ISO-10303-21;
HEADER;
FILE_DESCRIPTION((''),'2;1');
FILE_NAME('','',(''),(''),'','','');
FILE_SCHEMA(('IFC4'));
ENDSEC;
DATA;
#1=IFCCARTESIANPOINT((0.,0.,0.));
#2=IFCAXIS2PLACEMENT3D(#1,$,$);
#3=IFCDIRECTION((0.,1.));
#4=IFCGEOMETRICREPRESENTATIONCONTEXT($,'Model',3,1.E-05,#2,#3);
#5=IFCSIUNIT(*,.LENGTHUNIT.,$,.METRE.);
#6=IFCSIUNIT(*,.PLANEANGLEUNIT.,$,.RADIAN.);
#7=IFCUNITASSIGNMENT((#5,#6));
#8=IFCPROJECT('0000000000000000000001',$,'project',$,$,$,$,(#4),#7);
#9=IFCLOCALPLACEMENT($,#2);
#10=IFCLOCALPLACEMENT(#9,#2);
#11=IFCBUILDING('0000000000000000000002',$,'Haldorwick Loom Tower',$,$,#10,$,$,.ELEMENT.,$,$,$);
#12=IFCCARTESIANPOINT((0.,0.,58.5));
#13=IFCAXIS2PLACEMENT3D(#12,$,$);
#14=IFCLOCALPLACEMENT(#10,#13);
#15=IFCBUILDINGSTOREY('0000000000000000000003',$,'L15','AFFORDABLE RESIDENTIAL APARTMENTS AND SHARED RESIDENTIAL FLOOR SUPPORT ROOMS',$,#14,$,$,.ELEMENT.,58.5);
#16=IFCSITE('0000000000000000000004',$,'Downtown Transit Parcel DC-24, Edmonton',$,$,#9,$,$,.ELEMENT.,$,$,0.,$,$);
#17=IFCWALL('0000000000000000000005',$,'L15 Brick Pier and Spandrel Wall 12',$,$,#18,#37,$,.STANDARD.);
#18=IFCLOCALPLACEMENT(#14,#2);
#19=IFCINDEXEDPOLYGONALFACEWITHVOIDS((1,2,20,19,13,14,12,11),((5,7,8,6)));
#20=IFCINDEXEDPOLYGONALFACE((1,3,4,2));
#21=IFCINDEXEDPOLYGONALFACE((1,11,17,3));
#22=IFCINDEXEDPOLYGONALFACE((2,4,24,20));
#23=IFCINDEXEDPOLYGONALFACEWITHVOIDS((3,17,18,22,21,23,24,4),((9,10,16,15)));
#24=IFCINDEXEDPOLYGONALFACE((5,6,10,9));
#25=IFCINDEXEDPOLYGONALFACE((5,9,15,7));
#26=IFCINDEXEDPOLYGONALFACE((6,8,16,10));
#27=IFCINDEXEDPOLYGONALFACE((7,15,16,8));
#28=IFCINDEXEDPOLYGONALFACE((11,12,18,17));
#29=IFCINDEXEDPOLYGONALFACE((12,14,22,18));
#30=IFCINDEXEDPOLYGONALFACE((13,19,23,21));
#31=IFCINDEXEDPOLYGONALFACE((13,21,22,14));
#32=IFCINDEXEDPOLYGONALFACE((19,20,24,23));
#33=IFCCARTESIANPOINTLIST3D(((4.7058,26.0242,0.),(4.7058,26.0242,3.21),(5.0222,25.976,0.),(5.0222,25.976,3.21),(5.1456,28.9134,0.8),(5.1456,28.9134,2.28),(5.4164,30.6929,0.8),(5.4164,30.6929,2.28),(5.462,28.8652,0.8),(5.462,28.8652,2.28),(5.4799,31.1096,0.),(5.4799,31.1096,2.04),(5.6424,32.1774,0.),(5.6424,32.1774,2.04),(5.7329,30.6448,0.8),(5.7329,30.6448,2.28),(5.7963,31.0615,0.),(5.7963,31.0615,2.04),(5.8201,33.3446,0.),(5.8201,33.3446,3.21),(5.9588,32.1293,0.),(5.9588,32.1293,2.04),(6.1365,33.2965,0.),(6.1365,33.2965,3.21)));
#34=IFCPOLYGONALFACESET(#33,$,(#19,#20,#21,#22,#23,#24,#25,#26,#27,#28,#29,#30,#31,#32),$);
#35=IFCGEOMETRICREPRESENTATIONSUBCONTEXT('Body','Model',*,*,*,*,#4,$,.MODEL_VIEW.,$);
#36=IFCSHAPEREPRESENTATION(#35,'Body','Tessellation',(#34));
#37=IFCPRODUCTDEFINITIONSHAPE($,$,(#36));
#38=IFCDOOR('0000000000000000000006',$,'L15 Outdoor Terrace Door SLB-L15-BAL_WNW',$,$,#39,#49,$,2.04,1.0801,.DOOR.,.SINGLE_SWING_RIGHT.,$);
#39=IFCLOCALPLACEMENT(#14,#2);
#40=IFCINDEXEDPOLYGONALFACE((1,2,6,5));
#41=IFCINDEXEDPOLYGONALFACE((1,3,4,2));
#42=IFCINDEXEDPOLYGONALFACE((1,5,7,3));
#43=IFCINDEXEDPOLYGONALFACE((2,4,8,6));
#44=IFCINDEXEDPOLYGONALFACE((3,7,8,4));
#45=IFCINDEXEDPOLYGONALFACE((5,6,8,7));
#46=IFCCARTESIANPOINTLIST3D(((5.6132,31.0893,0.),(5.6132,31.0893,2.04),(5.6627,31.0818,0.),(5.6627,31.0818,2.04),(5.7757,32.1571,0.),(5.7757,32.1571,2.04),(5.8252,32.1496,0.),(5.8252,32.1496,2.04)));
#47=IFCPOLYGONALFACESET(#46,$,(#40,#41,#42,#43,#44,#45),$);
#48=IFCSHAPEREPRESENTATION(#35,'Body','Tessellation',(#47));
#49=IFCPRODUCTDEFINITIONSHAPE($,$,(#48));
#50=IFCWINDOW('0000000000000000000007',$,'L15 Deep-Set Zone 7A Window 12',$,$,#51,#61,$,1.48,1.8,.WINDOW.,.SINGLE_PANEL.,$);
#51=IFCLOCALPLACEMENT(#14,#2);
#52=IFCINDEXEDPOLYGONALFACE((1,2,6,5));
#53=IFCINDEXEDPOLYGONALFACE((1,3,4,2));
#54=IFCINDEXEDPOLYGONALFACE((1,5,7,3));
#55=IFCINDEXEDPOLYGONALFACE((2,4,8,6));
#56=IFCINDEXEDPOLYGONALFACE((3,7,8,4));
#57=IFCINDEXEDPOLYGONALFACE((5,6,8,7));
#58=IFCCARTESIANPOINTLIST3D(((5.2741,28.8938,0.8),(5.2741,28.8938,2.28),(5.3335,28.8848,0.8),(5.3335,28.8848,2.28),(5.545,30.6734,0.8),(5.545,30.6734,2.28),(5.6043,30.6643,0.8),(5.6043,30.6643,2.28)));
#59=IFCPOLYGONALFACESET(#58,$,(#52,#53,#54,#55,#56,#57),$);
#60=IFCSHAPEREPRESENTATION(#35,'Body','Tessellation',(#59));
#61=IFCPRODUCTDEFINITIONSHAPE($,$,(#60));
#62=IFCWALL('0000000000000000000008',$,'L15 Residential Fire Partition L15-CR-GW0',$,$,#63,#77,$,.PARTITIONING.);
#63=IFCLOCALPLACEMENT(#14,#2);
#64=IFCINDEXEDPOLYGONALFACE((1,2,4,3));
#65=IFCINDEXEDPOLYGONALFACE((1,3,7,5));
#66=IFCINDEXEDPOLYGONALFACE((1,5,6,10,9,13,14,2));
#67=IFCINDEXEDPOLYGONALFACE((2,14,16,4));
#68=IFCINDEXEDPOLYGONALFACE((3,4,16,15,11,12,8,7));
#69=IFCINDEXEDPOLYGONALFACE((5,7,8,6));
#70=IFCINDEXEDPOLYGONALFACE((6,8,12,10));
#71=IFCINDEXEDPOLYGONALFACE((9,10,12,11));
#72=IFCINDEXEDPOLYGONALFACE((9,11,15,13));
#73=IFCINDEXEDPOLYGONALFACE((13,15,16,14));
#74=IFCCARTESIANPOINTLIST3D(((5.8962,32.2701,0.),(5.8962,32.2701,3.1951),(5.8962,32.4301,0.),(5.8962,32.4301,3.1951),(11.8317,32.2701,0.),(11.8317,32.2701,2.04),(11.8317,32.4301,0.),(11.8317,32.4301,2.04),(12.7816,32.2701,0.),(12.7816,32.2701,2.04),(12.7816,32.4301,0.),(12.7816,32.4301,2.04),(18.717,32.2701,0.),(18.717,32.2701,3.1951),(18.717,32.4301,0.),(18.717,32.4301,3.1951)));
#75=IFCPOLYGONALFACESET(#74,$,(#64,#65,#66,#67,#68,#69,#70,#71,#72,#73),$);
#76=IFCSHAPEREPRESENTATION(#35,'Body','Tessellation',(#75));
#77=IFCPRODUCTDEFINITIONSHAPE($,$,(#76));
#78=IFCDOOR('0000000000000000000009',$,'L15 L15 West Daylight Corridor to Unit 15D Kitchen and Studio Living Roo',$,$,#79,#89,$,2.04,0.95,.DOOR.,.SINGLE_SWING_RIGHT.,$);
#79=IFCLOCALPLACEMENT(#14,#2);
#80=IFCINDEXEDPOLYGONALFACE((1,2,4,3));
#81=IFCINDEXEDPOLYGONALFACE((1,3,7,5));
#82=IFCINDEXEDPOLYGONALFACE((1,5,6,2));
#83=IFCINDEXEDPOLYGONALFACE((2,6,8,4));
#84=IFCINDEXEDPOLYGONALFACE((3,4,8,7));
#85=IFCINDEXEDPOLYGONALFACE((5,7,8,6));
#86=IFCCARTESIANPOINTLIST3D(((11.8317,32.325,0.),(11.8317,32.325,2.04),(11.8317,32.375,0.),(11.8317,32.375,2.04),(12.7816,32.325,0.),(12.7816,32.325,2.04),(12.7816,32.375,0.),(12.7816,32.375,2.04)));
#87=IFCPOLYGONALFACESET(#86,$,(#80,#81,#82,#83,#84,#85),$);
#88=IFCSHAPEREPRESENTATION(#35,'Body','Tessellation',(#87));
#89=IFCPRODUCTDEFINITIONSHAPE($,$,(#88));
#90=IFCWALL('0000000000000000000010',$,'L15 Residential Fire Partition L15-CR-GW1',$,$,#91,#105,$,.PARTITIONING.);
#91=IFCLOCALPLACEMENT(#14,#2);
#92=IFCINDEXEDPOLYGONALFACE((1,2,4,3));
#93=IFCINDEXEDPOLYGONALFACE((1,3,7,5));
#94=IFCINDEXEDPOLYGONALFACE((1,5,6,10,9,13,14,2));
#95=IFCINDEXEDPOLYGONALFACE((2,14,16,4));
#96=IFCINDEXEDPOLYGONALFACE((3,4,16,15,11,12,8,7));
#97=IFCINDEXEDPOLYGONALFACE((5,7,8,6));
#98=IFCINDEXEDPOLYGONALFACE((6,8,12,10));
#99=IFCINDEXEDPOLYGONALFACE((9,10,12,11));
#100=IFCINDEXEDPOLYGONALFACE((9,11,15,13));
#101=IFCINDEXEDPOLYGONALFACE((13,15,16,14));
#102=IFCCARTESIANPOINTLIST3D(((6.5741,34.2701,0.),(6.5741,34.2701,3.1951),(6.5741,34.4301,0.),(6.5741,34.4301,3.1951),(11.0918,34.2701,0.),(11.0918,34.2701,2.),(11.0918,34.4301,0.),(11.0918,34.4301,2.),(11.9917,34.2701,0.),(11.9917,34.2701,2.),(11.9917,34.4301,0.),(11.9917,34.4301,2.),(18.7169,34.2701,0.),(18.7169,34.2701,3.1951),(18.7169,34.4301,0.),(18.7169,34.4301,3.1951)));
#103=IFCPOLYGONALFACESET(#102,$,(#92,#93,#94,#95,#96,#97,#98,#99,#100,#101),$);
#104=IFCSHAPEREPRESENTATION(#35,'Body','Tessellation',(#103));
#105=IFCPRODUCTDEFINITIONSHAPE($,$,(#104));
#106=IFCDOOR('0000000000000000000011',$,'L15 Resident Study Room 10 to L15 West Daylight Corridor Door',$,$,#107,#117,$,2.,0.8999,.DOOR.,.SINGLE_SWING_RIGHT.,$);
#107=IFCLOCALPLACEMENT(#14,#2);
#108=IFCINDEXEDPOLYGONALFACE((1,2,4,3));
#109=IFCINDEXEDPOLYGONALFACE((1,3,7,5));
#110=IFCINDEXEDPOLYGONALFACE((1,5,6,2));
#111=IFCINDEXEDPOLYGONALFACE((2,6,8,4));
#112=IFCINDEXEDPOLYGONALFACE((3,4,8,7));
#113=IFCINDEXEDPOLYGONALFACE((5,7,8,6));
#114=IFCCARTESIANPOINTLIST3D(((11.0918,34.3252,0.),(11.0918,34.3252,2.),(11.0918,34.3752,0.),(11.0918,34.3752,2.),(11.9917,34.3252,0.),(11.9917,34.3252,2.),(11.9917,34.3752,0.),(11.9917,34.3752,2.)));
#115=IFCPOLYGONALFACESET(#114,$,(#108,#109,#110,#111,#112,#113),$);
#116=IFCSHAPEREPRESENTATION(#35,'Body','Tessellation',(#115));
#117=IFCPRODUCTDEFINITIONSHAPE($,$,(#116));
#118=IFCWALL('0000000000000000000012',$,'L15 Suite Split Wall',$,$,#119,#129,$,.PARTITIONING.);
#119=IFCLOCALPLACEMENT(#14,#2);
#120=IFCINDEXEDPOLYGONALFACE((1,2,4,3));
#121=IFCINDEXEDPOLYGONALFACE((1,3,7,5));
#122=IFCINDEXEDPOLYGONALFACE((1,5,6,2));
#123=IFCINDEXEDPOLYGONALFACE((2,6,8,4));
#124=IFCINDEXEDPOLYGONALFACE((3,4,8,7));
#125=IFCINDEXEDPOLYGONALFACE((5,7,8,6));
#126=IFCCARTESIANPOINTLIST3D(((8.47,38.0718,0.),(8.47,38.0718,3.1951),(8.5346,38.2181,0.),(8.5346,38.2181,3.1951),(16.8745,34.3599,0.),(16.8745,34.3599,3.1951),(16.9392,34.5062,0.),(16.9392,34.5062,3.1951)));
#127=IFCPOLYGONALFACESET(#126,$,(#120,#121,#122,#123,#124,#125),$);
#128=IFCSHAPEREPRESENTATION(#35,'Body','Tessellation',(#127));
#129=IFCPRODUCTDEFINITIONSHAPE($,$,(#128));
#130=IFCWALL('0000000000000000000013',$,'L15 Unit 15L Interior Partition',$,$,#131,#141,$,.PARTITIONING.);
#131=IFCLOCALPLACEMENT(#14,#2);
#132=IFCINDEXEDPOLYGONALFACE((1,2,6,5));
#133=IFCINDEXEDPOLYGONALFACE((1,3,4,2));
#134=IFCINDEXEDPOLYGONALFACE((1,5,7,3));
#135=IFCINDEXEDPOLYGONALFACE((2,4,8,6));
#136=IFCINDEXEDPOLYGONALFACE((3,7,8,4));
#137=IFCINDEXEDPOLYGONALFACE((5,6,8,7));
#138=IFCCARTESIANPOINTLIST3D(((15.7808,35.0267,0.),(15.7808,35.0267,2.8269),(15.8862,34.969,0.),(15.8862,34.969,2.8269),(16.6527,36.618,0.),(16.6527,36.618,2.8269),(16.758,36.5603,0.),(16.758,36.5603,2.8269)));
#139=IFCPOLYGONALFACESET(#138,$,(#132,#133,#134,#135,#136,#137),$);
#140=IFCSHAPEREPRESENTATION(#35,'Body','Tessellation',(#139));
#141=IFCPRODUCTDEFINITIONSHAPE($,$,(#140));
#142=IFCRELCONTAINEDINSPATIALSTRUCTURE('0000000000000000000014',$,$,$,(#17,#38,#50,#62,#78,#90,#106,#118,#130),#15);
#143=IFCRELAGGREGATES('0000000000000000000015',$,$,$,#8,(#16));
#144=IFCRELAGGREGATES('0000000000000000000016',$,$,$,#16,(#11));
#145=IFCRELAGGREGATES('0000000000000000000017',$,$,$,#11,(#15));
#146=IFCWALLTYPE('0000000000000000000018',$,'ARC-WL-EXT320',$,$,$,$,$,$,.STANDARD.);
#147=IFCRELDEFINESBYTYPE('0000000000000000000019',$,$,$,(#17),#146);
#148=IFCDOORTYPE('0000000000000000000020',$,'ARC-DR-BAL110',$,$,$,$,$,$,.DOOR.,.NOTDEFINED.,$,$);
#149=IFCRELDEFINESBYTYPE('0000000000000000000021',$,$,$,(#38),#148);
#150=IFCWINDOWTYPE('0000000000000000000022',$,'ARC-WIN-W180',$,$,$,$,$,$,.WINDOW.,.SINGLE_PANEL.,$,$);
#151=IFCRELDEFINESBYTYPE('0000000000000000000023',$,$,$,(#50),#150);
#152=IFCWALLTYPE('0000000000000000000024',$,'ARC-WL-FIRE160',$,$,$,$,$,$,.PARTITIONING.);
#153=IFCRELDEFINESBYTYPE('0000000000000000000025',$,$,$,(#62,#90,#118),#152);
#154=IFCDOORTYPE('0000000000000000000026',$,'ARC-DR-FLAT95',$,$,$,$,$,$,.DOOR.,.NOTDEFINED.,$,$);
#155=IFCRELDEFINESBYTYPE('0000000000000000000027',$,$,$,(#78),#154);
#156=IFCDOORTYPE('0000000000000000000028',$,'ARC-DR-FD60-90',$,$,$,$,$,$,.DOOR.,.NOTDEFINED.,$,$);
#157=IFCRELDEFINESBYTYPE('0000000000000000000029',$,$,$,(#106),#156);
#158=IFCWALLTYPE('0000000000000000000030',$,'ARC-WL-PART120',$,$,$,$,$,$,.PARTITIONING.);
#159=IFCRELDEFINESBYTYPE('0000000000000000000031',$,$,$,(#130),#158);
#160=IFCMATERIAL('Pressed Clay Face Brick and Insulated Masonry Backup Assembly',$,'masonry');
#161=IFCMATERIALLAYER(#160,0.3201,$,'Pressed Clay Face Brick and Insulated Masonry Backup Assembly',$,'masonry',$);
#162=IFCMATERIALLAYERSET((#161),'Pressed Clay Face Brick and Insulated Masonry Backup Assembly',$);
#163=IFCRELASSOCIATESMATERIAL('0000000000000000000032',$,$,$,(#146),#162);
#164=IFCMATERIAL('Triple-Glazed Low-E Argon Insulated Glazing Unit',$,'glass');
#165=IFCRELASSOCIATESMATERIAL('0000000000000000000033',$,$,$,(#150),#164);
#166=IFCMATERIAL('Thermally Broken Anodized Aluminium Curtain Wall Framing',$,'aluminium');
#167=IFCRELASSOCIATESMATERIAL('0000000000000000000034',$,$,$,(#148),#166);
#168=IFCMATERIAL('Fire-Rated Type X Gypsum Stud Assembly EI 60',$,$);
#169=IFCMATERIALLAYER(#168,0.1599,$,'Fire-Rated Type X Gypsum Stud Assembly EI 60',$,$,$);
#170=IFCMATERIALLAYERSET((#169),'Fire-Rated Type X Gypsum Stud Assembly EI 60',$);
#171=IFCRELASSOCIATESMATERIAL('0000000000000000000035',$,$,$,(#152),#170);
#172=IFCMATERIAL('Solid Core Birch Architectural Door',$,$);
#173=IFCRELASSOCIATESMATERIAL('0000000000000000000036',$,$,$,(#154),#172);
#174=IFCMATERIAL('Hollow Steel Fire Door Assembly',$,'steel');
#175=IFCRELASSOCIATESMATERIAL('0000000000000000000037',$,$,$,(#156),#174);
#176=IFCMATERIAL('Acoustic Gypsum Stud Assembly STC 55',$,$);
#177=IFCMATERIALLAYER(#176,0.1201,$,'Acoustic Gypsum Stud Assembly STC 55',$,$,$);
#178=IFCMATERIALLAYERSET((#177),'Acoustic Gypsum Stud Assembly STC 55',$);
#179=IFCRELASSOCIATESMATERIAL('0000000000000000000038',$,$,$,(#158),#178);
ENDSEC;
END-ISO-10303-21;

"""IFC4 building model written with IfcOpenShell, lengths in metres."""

from ifc_helpers import new_model, si_unit, direction, frame, frame_2d, origin, place, context, subcontext, project, spatial, rectangle, extrude, material, layer, layer_set, type_object, element, fill, save


model = new_model("IFC4")

# Units and contexts
model_context = context("Model", 3, precision=1e-05, world=origin(), true_north=direction((0.0, 1.0)))
body_context = subcontext(model_context, "Body", "Model", "MODEL_VIEW")
ifc_project = project(units=[si_unit("LENGTHUNIT", "METRE"), si_unit("PLANEANGLEUNIT", "RADIAN")], contexts=[model_context])

# Site, building, storey
site_placement = place(None, origin())
site = spatial("IfcSite", under=ifc_project, at=site_placement, Name="Downtown Transit Parcel DC-24, Edmonton", CompositionType="ELEMENT", RefElevation=0.0)
building_placement = place(site_placement, origin())
building = spatial("IfcBuilding", under=site, at=building_placement, Name="Haldorwick Loom Tower", CompositionType="ELEMENT")
storey_placement = place(building_placement, frame((0.0, 0.0, 58.5)))
storey = spatial("IfcBuildingStorey", under=building, at=storey_placement, Name="L15", Description="AFFORDABLE RESIDENTIAL APARTMENTS AND SHARED RESIDENTIAL FLOOR SUPPORT ROOMS", CompositionType="ELEMENT", Elevation=58.5)

# Shared definitions
ifc_material_1 = material(Name="Pressed Clay Face Brick and Insulated Masonry Backup Assembly", Category="masonry")
ifc_layer_1 = layer(ifc_material_1, 0.3201, Name="Pressed Clay Face Brick and Insulated Masonry Backup Assembly", Category="masonry")
ifc_layer_set_1 = layer_set([ifc_layer_1], Name="Pressed Clay Face Brick and Insulated Masonry Backup Assembly")
wall_type_1 = type_object("IfcWallType", Name="ARC-WL-EXT320", PredefinedType="STANDARD", material=ifc_layer_set_1)
ifc_material_2 = material(Name="Triple-Glazed Low-E Argon Insulated Glazing Unit", Category="glass")
window_type = type_object("IfcWindowType", Name="ARC-WIN-W180", PartitioningType="SINGLE_PANEL", PredefinedType="WINDOW", material=ifc_material_2)

# Wall, openings, door, window
wall_1_placement = place(storey_placement, frame((5.9783, 33.3206, 0.0), z_axis=(0.0, 0.0, 1.0), x_axis=(-0.150476, -0.988614, 0.0)))
wall_1 = element("IfcWall", 1, at=wall_1_placement, inside=storey, type_object=wall_type_1, Name="L15 Brick Pier and Spandrel Wall 12", PredefinedType="STANDARD", context=body_context, shape_type="SweptSolid", body=[
    extrude(rectangle(XDim=7.4048, YDim=0.3201, at=frame_2d((3.7024, 0.0))), origin(), (0.0, 0.0, 1.0), 3.21),
])
opening_1_placement = place(wall_1_placement, frame((1.1807, 0.0, 0.0)))
opening_1 = element("IfcOpeningElement", 2, at=opening_1_placement, cuts=wall_1, PredefinedType="OPENING", context=body_context, shape_type="SweptSolid", body=[
    extrude(rectangle(XDim=1.0801, YDim=2.04, at=frame_2d((0.54, 1.02))), frame((0.0, 0.1699, 0.0), z_axis=(0.0, -1.0, 0.0), x_axis=(1.0, 0.0, 0.0)), (0.0, 0.0, 1.0), 0.3401),
])
opening_2_placement = place(wall_1_placement, frame((2.6824, 0.0, 0.8)))
opening_2 = element("IfcOpeningElement", 3, at=opening_2_placement, cuts=wall_1, PredefinedType="OPENING", context=body_context, shape_type="SweptSolid", body=[
    extrude(rectangle(XDim=1.8, YDim=1.48, at=frame_2d((0.8999, 0.74))), frame((0.0, 0.1699, 0.0), z_axis=(0.0, -1.0, 0.0), x_axis=(1.0, 0.0, 0.0)), (0.0, 0.0, 1.0), 0.3401),
])
ifc_material_3 = material(Name="Thermally Broken Anodized Aluminium Curtain Wall Framing", Category="aluminium")
door_type_1 = type_object("IfcDoorType", Name="ARC-DR-BAL110", OperationType="NOTDEFINED", PredefinedType="DOOR", material=ifc_material_3)
door_1_placement = place(opening_1_placement, origin())
door_1 = element("IfcDoor", 4, at=door_1_placement, inside=storey, type_object=door_type_1, Name="L15 Outdoor Terrace Door SLB-L15-BAL_WNW", OperationType="SINGLE_SWING_RIGHT", OverallHeight=2.04, OverallWidth=1.0801, PredefinedType="DOOR", context=body_context, shape_type="SweptSolid", body=[
    extrude(rectangle(XDim=1.0801, YDim=2.04, at=frame_2d((0.54, 1.02))), frame((0.0, 0.0249, 0.0), z_axis=(0.0, -1.0, 0.0), x_axis=(1.0, 0.0, 0.0)), (0.0, 0.0, 1.0), 0.05),
])
fill(opening_1, door_1)
window_1_placement = place(opening_2_placement, origin())
window_1 = element("IfcWindow", 5, at=window_1_placement, inside=storey, type_object=window_type, Name="L15 Deep-Set Zone 7A Window 12", OverallHeight=1.48, OverallWidth=1.8, PartitioningType="SINGLE_PANEL", PredefinedType="WINDOW", context=body_context, shape_type="SweptSolid", body=[
    extrude(rectangle(XDim=1.8, YDim=1.48, at=frame_2d((0.8999, 0.74))), frame((0.0, 0.03, 0.0), z_axis=(0.0, -1.0, 0.0), x_axis=(1.0, 0.0, 0.0)), (0.0, 0.0, 1.0), 0.0601),
])
fill(opening_2, window_1)

# Walls, openings, doors
ifc_material_4 = material(Name="Fire-Rated Type X Gypsum Stud Assembly EI 60")
ifc_layer_2 = layer(ifc_material_4, 0.1599, Name="Fire-Rated Type X Gypsum Stud Assembly EI 60")
ifc_layer_set_2 = layer_set([ifc_layer_2], Name="Fire-Rated Type X Gypsum Stud Assembly EI 60")
wall_type_2 = type_object("IfcWallType", Name="ARC-WL-FIRE160", PredefinedType="PARTITIONING", material=ifc_layer_set_2)
wall_2_placement = place(storey_placement, frame((5.8962, 32.3501, 0.0), z_axis=(0.0, 0.0, 1.0), x_axis=(1.0, 0.0, 0.0)))
wall_2 = element("IfcWall", 6, at=wall_2_placement, inside=storey, type_object=wall_type_2, Name="L15 Residential Fire Partition L15-CR-GW0", PredefinedType="PARTITIONING", context=body_context, shape_type="SweptSolid", body=[
    extrude(rectangle(XDim=12.8208, YDim=0.1599, at=frame_2d((6.4104, 0.0))), origin(), (0.0, 0.0, 1.0), 3.1951),
])
opening_3_placement = place(wall_2_placement, frame((5.9353, 0.0, 0.0)))
opening_3 = element("IfcOpeningElement", 7, at=opening_3_placement, cuts=wall_2, PredefinedType="OPENING", context=body_context, shape_type="SweptSolid", body=[
    extrude(rectangle(XDim=0.95, YDim=2.04, at=frame_2d((0.4751, 1.02))), frame((0.0, 0.0898, 0.0), z_axis=(0.0, -1.0, 0.0), x_axis=(1.0, 0.0, 0.0)), (0.0, 0.0, 1.0), 0.1799),
])
ifc_material_5 = material(Name="Solid Core Birch Architectural Door")
door_type_2 = type_object("IfcDoorType", Name="ARC-DR-FLAT95", OperationType="NOTDEFINED", PredefinedType="DOOR", material=ifc_material_5)
door_2_placement = place(opening_3_placement, origin())
door_2 = element("IfcDoor", 8, at=door_2_placement, inside=storey, type_object=door_type_2, Name="L15 L15 West Daylight Corridor to Unit 15D Kitchen and Studio Living Roo", OperationType="SINGLE_SWING_RIGHT", OverallHeight=2.04, OverallWidth=0.95, PredefinedType="DOOR", context=body_context, shape_type="SweptSolid", body=[
    extrude(rectangle(XDim=0.95, YDim=2.04, at=frame_2d((0.4751, 1.02))), frame((0.0, 0.0249, 0.0), z_axis=(0.0, -1.0, 0.0), x_axis=(1.0, 0.0, 0.0)), (0.0, 0.0, 1.0), 0.05),
])
fill(opening_3, door_2)
wall_3_placement = place(storey_placement, frame((6.5742, 34.3501, 0.0), z_axis=(0.0, 0.0, 1.0), x_axis=(1.0, 0.0, 0.0)))
wall_3 = element("IfcWall", 9, at=wall_3_placement, inside=storey, type_object=wall_type_2, Name="L15 Residential Fire Partition L15-CR-GW1", PredefinedType="PARTITIONING", context=body_context, shape_type="SweptSolid", body=[
    extrude(rectangle(XDim=12.1428, YDim=0.1599, at=frame_2d((6.0713, 0.0))), origin(), (0.0, 0.0, 1.0), 3.1951),
])
opening_4_placement = place(wall_3_placement, frame((4.5176, 0.0, 0.0)))
opening_4 = element("IfcOpeningElement", 10, at=opening_4_placement, cuts=wall_3, PredefinedType="OPENING", context=body_context, shape_type="SweptSolid", body=[
    extrude(rectangle(XDim=0.8999, YDim=2.0, at=frame_2d((0.45, 1.0))), frame((0.0, 0.0898, 0.0), z_axis=(0.0, -1.0, 0.0), x_axis=(1.0, 0.0, 0.0)), (0.0, 0.0, 1.0), 0.1799),
])
ifc_material_6 = material(Name="Hollow Steel Fire Door Assembly", Category="steel")
door_type_3 = type_object("IfcDoorType", Name="ARC-DR-FD60-90", OperationType="NOTDEFINED", PredefinedType="DOOR", material=ifc_material_6)
door_3_placement = place(opening_4_placement, frame((0.8999, 0.0, 0.0), z_axis=(0.0, 0.0, 1.0), x_axis=(-1.0, 0.0, 0.0)))
door_3 = element("IfcDoor", 11, at=door_3_placement, inside=storey, type_object=door_type_3, Name="L15 Resident Study Room 10 to L15 West Daylight Corridor Door", OperationType="SINGLE_SWING_RIGHT", OverallHeight=2.0, OverallWidth=0.8999, PredefinedType="DOOR", context=body_context, shape_type="SweptSolid", body=[
    extrude(rectangle(XDim=0.8999, YDim=2.0, at=frame_2d((0.45, 1.0))), frame((0.0, 0.0249, 0.0), z_axis=(0.0, -1.0, 0.0), x_axis=(1.0, 0.0, 0.0)), (0.0, 0.0, 1.0), 0.05),
])
fill(opening_4, door_3)

# Walls
wall_4_placement = place(storey_placement, frame((16.9067, 34.4331, 0.0), z_axis=(0.0, 0.0, 1.0), x_axis=(-0.914756, 0.404007, 0.0)))
element("IfcWall", 12, at=wall_4_placement, inside=storey, type_object=wall_type_2, Name="L15 Suite Split Wall", PredefinedType="PARTITIONING", context=body_context, shape_type="SweptSolid", body=[
    extrude(rectangle(XDim=9.1877, YDim=0.1599, at=frame_2d((4.5938, 0.0))), origin(), (0.0, 0.0, 1.0), 3.1951),
])
ifc_material_7 = material(Name="Acoustic Gypsum Stud Assembly STC 55")
ifc_layer_3 = layer(ifc_material_7, 0.1201, Name="Acoustic Gypsum Stud Assembly STC 55")
ifc_layer_set_3 = layer_set([ifc_layer_3], Name="Acoustic Gypsum Stud Assembly STC 55")
wall_type_3 = type_object("IfcWallType", Name="ARC-WL-PART120", PredefinedType="PARTITIONING", material=ifc_layer_set_3)
wall_5_placement = place(storey_placement, frame((16.7053, 36.5891, 0.0), z_axis=(0.0, 0.0, 1.0), x_axis=(-0.480482, -0.877004, 0.0)))
element("IfcWall", 13, at=wall_5_placement, inside=storey, type_object=wall_type_3, Name="L15 Unit 15L Interior Partition", PredefinedType="PARTITIONING", context=body_context, shape_type="SweptSolid", body=[
    extrude(rectangle(XDim=1.8145, YDim=0.1201, at=frame_2d((0.9072, 0.0))), origin(), (0.0, 0.0, 1.0), 2.8269),
])

save(model, "model.ifc")
